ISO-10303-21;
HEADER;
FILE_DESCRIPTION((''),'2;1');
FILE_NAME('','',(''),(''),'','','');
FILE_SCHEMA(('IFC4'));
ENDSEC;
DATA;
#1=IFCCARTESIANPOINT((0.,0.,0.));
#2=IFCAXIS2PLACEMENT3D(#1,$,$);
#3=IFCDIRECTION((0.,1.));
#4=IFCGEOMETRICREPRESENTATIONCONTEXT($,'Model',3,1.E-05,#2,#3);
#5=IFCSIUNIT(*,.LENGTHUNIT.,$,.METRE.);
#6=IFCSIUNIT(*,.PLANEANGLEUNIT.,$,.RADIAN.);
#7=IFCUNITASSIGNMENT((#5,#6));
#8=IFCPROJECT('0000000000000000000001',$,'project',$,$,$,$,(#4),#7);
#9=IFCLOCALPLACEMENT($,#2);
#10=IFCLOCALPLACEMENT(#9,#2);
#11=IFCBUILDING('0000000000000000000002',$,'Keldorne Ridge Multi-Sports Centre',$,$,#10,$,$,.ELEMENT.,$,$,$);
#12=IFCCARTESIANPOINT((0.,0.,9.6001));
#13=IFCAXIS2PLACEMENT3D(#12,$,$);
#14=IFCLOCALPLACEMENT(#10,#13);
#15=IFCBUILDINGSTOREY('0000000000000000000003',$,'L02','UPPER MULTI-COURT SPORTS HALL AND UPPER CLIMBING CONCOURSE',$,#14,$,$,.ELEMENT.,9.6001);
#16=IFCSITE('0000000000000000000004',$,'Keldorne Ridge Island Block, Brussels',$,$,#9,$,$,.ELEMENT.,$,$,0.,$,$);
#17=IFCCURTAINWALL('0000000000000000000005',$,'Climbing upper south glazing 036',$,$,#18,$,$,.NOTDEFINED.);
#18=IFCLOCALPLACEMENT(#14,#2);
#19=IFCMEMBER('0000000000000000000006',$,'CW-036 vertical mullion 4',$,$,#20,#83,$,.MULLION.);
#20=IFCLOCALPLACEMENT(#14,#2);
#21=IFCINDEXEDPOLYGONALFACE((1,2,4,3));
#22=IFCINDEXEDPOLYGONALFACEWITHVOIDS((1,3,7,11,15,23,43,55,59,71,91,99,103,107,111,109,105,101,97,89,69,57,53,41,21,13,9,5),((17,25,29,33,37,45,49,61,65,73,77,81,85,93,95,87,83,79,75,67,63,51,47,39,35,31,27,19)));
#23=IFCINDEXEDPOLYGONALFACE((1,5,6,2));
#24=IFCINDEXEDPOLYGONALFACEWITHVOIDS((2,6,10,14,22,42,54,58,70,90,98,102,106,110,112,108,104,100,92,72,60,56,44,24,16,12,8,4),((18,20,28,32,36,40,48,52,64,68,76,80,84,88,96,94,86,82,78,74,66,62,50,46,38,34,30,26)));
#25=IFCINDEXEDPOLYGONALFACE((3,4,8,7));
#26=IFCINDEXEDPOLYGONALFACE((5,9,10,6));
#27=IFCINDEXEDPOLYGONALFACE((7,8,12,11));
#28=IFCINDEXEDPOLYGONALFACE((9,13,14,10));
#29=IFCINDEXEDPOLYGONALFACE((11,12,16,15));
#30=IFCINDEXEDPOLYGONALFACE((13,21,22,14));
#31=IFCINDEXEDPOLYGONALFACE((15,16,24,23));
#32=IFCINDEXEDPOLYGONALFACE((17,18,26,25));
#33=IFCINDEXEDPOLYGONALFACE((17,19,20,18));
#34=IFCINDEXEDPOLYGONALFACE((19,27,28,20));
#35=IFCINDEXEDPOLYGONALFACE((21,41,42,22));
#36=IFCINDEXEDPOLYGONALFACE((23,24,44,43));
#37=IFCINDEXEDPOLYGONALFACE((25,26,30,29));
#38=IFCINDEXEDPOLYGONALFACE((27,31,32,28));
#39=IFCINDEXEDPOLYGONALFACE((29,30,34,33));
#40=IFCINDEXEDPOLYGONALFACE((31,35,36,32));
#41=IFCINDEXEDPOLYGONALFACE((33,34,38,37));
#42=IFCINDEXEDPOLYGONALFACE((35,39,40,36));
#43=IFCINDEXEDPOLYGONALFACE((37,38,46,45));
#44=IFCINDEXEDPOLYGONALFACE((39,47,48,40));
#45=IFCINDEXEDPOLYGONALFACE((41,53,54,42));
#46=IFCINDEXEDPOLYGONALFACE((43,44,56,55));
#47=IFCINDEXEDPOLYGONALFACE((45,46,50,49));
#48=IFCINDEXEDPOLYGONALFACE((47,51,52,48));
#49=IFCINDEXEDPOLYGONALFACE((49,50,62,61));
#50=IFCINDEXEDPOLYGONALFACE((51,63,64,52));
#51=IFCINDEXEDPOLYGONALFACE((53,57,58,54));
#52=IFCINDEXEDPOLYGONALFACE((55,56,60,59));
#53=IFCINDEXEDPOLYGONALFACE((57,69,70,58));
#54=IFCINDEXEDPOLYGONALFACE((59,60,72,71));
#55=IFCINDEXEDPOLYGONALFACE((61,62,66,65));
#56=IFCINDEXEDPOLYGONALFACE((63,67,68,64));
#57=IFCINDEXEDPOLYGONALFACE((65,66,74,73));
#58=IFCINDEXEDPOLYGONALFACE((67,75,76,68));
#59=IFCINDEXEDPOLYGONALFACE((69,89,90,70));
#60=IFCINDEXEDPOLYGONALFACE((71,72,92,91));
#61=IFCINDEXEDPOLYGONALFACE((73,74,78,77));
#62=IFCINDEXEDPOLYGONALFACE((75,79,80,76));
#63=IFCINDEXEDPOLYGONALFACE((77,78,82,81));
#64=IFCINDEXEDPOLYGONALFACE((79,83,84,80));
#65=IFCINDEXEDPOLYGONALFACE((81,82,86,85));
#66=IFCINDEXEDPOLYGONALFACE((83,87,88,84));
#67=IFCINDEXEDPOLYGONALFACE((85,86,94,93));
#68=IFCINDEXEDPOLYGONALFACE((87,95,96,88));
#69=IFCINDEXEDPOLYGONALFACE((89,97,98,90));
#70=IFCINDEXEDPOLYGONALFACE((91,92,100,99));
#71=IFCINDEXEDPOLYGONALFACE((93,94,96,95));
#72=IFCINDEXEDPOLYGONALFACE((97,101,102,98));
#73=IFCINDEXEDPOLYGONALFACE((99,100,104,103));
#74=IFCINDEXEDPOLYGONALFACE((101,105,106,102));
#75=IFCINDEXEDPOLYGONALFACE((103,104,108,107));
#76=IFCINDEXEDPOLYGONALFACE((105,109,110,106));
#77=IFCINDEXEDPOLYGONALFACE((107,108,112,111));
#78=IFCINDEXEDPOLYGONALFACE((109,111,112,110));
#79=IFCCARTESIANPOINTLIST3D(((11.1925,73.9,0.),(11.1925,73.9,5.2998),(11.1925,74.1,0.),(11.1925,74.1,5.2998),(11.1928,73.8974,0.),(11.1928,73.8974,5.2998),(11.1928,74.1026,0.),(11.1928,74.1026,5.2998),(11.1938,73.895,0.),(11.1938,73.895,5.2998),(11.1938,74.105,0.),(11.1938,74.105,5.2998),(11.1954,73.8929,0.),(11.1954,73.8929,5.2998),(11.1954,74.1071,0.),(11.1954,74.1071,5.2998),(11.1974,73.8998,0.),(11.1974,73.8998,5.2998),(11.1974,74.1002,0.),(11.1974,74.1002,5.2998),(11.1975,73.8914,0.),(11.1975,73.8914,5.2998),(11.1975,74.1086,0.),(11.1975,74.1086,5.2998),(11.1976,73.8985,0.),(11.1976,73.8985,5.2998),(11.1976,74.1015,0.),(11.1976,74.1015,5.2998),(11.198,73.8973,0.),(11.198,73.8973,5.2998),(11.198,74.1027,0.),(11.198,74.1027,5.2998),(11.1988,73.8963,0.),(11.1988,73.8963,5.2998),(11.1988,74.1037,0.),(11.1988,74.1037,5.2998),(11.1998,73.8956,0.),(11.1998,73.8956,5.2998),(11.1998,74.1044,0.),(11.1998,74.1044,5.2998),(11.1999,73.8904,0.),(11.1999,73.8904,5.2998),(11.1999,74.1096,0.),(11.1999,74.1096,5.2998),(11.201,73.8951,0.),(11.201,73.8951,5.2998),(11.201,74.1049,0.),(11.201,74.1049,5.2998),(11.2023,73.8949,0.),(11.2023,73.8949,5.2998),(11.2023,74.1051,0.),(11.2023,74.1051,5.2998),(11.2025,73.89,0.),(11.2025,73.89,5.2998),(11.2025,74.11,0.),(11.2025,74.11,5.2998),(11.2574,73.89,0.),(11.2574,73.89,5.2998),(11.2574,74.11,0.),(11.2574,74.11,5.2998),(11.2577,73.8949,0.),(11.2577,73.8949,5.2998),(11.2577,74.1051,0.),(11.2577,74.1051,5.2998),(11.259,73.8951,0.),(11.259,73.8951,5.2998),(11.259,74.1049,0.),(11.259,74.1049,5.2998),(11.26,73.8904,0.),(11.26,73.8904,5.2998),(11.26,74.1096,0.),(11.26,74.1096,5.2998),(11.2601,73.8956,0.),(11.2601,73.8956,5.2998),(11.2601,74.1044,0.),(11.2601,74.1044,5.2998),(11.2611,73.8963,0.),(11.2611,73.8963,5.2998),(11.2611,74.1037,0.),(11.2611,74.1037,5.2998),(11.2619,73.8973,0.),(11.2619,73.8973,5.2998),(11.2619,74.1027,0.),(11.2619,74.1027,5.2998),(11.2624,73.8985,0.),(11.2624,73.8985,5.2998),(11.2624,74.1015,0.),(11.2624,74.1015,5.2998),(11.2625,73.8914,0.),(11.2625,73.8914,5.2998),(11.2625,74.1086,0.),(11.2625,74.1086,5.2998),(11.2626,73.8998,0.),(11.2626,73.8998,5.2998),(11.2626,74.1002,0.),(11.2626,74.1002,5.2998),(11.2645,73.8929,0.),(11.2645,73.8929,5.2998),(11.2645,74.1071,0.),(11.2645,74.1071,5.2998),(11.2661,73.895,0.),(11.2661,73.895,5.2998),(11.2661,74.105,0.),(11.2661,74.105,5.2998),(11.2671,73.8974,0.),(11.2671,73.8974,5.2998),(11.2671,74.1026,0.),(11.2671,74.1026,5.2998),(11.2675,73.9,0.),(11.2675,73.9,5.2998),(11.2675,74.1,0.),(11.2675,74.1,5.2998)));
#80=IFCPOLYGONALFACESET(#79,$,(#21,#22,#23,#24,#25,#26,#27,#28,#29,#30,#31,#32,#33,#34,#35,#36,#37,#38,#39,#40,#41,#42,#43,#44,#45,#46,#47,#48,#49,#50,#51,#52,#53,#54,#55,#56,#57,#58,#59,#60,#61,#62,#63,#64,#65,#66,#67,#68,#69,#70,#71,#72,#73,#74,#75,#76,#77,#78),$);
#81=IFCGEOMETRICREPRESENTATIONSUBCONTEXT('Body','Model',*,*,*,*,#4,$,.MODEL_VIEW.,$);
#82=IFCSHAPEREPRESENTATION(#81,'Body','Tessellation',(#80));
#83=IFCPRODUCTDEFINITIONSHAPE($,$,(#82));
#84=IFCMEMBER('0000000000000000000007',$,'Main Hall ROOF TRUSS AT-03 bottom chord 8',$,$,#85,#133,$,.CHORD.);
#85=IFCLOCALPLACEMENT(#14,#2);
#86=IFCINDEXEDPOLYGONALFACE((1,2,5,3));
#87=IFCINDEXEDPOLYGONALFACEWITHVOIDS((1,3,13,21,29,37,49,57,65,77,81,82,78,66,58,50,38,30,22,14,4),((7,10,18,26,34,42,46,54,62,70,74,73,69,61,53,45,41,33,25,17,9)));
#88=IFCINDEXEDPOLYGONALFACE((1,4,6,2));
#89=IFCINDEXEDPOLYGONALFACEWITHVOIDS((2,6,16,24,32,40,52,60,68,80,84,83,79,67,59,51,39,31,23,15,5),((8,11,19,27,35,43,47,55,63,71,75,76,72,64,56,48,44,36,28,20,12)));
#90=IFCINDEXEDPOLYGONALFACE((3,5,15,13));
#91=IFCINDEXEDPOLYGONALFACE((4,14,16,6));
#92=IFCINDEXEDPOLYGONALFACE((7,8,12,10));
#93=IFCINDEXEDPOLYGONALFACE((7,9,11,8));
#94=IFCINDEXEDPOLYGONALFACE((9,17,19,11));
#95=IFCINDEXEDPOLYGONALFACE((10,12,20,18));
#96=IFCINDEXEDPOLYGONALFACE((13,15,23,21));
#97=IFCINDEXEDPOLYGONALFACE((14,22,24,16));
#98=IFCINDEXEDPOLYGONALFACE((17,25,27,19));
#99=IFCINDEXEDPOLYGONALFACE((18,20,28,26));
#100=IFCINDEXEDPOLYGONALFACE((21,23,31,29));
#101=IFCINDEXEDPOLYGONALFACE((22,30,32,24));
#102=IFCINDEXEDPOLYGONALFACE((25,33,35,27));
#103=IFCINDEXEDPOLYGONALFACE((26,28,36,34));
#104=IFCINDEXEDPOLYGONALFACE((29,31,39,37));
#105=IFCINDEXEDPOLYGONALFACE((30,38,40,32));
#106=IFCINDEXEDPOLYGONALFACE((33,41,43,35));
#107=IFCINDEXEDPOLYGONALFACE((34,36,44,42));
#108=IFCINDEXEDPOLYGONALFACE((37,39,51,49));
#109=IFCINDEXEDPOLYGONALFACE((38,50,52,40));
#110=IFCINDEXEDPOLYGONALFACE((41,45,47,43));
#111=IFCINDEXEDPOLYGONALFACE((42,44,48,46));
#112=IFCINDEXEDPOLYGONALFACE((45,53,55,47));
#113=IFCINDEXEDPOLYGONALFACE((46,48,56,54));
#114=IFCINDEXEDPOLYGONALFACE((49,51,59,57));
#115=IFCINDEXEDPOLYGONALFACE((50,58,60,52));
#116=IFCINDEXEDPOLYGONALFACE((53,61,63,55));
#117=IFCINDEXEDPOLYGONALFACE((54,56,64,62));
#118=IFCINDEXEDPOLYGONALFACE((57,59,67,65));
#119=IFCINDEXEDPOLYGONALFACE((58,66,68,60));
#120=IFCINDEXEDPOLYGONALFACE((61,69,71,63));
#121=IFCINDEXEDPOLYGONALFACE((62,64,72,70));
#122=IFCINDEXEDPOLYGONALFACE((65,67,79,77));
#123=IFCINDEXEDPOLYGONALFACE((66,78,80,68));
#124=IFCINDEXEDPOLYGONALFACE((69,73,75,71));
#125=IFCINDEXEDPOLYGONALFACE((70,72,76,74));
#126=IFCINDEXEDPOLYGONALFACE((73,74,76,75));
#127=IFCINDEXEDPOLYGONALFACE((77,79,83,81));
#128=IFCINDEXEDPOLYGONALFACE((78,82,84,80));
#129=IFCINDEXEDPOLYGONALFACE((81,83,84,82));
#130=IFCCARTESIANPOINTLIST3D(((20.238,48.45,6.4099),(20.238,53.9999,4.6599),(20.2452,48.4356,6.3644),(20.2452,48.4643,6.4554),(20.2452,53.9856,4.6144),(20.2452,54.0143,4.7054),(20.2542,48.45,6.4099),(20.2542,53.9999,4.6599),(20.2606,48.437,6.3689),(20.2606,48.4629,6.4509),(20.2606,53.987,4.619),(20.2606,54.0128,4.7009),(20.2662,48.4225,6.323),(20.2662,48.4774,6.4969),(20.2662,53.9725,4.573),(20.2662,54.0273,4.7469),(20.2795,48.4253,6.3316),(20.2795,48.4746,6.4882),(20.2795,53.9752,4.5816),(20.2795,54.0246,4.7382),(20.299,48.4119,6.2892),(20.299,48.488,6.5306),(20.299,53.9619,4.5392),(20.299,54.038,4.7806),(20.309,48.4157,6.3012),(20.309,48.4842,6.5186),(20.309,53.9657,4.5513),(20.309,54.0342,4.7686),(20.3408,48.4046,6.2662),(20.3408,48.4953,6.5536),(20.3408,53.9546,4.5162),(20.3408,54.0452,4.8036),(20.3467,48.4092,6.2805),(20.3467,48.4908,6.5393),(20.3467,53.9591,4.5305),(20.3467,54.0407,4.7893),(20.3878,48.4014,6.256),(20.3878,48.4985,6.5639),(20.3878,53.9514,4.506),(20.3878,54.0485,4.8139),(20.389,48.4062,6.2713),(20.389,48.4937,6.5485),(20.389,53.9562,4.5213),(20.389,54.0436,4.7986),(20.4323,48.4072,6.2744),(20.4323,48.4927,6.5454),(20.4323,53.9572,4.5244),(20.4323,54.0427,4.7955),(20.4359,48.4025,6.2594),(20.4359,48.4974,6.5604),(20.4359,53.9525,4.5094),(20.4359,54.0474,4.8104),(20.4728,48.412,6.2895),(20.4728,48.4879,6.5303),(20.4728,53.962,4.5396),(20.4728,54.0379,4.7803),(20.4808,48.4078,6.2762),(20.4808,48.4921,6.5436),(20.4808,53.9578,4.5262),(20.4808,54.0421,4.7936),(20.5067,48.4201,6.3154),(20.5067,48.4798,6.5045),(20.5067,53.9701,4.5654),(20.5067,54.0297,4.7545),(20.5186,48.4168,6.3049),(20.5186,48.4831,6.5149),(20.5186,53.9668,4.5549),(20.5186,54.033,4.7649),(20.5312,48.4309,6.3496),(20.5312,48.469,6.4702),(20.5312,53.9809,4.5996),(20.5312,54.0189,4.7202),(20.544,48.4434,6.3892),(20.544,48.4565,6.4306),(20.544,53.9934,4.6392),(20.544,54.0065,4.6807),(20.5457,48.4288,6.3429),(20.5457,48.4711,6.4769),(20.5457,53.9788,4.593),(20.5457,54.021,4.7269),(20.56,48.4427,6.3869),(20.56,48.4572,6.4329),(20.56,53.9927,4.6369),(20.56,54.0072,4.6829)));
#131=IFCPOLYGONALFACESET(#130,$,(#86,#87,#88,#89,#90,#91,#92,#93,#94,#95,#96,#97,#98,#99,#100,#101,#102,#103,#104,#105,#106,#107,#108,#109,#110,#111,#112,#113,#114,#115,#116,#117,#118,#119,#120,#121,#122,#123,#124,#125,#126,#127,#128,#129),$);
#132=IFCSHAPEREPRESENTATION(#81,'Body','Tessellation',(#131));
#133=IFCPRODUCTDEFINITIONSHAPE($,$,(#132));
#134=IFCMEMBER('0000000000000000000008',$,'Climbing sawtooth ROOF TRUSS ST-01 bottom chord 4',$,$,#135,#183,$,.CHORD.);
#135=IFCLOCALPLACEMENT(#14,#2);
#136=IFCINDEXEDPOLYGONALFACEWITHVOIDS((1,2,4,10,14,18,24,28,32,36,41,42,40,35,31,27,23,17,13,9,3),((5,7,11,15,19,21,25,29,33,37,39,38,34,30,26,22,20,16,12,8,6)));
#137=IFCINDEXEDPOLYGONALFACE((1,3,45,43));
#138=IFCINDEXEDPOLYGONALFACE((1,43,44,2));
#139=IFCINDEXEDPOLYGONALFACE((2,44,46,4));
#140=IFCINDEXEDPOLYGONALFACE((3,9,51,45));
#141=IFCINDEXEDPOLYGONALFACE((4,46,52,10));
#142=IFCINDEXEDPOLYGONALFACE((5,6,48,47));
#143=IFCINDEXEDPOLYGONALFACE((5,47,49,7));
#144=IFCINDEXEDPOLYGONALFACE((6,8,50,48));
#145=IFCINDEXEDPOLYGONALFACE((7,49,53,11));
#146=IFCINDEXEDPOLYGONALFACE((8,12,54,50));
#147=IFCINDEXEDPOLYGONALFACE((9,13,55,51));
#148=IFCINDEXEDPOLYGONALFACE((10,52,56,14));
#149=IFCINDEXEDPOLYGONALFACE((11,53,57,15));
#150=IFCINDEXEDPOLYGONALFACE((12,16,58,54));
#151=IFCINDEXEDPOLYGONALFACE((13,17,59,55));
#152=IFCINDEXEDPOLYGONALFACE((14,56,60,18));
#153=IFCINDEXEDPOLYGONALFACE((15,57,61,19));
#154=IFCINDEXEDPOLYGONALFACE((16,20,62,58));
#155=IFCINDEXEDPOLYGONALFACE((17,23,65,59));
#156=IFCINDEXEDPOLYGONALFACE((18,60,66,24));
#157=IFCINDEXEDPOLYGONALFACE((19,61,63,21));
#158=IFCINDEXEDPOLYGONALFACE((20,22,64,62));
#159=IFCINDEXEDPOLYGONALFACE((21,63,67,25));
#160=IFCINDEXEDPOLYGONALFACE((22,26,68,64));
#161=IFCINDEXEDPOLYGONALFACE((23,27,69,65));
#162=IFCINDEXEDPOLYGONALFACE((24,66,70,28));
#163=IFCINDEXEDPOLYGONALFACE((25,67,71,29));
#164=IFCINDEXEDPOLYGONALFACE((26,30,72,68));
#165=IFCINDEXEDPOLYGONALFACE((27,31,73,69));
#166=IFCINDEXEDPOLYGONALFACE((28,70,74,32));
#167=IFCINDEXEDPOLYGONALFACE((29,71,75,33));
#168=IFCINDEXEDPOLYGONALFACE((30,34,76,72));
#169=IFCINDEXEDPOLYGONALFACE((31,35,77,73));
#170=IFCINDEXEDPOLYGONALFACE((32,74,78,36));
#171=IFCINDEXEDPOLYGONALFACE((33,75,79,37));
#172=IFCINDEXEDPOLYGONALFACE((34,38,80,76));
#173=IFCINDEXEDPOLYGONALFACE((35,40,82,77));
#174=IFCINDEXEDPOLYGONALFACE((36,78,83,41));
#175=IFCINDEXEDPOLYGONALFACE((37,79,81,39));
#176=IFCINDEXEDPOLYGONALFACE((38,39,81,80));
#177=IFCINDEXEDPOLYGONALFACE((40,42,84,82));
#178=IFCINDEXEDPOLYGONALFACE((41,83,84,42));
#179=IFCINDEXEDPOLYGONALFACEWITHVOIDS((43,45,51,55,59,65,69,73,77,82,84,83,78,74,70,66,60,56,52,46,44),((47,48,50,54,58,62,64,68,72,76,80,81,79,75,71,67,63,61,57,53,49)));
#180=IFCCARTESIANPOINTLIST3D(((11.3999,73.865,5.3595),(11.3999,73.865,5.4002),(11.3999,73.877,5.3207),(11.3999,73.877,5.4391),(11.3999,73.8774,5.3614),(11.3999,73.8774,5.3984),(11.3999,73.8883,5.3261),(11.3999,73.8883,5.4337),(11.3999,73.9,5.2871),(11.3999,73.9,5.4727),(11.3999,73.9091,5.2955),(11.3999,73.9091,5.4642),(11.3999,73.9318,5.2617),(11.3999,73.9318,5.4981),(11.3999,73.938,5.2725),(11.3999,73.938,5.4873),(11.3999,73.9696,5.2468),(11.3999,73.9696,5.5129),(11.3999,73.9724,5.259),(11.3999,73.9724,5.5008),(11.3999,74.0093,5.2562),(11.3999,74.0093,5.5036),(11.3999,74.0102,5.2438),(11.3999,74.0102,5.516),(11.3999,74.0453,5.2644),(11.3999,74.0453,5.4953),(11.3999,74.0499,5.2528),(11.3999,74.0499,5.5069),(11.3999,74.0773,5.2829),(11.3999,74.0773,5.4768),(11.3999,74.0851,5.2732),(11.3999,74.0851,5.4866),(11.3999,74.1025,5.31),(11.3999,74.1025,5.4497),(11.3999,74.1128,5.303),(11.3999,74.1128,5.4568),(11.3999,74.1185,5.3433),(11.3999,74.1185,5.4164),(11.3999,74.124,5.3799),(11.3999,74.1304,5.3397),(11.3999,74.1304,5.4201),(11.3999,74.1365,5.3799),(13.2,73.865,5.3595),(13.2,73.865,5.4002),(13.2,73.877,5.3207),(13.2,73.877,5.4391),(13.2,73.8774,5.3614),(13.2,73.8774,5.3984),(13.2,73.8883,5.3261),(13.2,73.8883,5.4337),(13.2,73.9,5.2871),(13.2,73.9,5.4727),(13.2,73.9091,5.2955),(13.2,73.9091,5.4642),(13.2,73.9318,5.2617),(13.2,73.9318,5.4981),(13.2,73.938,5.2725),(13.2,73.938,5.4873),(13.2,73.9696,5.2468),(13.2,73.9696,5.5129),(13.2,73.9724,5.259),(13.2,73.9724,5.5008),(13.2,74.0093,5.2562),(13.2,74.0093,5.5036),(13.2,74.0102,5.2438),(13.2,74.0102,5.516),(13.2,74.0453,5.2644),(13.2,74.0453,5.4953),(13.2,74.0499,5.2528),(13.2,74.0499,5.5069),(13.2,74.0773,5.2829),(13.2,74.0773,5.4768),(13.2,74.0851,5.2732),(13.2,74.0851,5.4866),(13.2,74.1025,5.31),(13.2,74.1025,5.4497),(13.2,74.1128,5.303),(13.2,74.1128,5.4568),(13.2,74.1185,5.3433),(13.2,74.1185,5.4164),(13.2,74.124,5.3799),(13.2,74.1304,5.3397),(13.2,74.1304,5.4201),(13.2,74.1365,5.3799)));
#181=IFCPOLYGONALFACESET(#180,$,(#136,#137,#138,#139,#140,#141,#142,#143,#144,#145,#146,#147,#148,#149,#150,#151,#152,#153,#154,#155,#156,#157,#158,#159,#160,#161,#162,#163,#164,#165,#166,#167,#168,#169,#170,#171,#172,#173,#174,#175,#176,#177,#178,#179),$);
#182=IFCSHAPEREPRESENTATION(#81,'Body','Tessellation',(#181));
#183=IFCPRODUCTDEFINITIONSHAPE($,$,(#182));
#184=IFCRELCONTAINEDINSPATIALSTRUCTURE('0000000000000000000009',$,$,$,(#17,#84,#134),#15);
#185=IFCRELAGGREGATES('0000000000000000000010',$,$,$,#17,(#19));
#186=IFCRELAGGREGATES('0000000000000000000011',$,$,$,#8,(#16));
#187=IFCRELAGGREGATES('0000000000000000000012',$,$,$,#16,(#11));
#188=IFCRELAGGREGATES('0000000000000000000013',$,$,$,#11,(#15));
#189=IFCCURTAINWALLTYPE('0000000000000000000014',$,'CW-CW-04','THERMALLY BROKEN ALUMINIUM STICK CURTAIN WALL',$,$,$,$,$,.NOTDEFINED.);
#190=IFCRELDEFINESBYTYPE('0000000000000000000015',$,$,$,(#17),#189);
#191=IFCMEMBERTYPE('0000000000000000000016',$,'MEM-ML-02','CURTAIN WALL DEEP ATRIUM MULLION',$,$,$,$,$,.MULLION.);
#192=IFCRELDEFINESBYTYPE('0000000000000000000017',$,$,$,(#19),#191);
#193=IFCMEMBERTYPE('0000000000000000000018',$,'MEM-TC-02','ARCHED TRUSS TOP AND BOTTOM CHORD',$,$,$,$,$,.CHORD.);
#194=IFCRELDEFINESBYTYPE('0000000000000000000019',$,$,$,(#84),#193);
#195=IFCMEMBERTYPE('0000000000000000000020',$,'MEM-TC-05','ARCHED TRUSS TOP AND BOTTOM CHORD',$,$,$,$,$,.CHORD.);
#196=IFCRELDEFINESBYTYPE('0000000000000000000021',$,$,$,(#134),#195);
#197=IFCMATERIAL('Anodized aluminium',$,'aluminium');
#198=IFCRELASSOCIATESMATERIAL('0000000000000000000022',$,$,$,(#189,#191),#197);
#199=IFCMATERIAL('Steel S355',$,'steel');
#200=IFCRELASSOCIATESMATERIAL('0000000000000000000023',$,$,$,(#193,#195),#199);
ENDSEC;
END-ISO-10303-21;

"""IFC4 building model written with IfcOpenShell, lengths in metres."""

from ifc_helpers import new_model, si_unit, direction, frame, origin, origin_2d, place, context, subcontext, project, spatial, hollow_rectangle, hollow_circle, extrude, material, material_profile, profile_set, type_object, element, aggregate, save


model = new_model("IFC4")

# Units and contexts
model_context = context("Model", 3, precision=1e-05, world=origin(), true_north=direction((0.0, 1.0)))
body_context = subcontext(model_context, "Body", "Model", "MODEL_VIEW")
ifc_project = project(units=[si_unit("LENGTHUNIT", "METRE"), si_unit("PLANEANGLEUNIT", "RADIAN")], contexts=[model_context])

# Site, building, storey
site_placement = place(None, origin())
site = spatial("IfcSite", under=ifc_project, at=site_placement, Name="Keldorne Ridge Island Block, Brussels", CompositionType="ELEMENT", RefElevation=0.0)
building_placement = place(site_placement, origin())
building = spatial("IfcBuilding", under=site, at=building_placement, Name="Keldorne Ridge Multi-Sports Centre", CompositionType="ELEMENT")
storey_placement = place(building_placement, frame((0.0, 0.0, 9.6001)))
storey = spatial("IfcBuildingStorey", under=building, at=storey_placement, Name="L02", Description="UPPER MULTI-COURT SPORTS HALL AND UPPER CLIMBING CONCOURSE", CompositionType="ELEMENT", Elevation=9.6001)

# Shared definitions
ifc_material_1 = material(Name="Steel S355", Category="steel")

# Curtain wall, member
ifc_material_2 = material(Name="Anodized aluminium", Category="aluminium")
curtain_wall_type = type_object("IfcCurtainWallType", Name="CW-CW-04", Description="THERMALLY BROKEN ALUMINIUM STICK CURTAIN WALL", PredefinedType="NOTDEFINED", material=ifc_material_2)
curtain_wall_placement = place(storey_placement, origin())
curtain_wall = element("IfcCurtainWall", 1, at=curtain_wall_placement, inside=storey, type_object=curtain_wall_type, Name="Climbing upper south glazing 036", PredefinedType="NOTDEFINED")
ifc_material_profile_1 = material_profile(ifc_material_2, hollow_rectangle(XDim=0.075, YDim=0.22, WallThickness=0.0049, InnerFilletRadius=0.0049, OuterFilletRadius=0.01, at=origin_2d()), Name="ALU MULLION 220x75x5")
ifc_profile_set_1 = profile_set([ifc_material_profile_1], Name="Anodized aluminium")
member_type_1 = type_object("IfcMemberType", Name="MEM-ML-02", Description="CURTAIN WALL DEEP ATRIUM MULLION", PredefinedType="MULLION", material=ifc_profile_set_1)
member_1_placement = place(storey_placement, frame((11.23, 74.0, 0.0), z_axis=(0.0, 0.0, 1.0), x_axis=(1.0, 0.0, 0.0)))
member_1 = element("IfcMember", 2, at=member_1_placement, type_object=member_type_1, Name="CW-036 vertical mullion 4", PredefinedType="MULLION", context=body_context, shape_type="SweptSolid", body=[
    extrude(hollow_rectangle(XDim=0.075, YDim=0.22, WallThickness=0.0049, InnerFilletRadius=0.0049, OuterFilletRadius=0.01, at=origin_2d()), origin(), (0.0, 0.0, 1.0), 5.2998),
])

# Members
ifc_material_profile_2 = material_profile(ifc_material_1, hollow_circle(Radius=0.1619, WallThickness=0.0161, at=origin_2d()), Name="CHS 323.9x16")
ifc_profile_set_2 = profile_set([ifc_material_profile_2], Name="Steel S355")
member_type_2 = type_object("IfcMemberType", Name="MEM-TC-02", Description="ARCHED TRUSS TOP AND BOTTOM CHORD", PredefinedType="CHORD", material=ifc_profile_set_2)
member_2_placement = place(storey_placement, frame((20.3999, 48.45, 6.4099), z_axis=(0.0, 0.953713, -0.300718), x_axis=(-1.0, 0.0, 0.0)))
element("IfcMember", 3, at=member_2_placement, inside=storey, type_object=member_type_2, Name="Main Hall ROOF TRUSS AT-03 bottom chord 8", PredefinedType="CHORD", context=body_context, shape_type="SweptSolid", body=[
    extrude(hollow_circle(Radius=0.1619, WallThickness=0.0161, at=origin_2d()), origin(), (0.0, 0.0, 1.0), 5.8193),
])
ifc_material_profile_3 = material_profile(ifc_material_1, hollow_circle(Radius=0.1365, WallThickness=0.0125, at=origin_2d()), Name="CHS 273x12.5")
ifc_profile_set_3 = profile_set([ifc_material_profile_3], Name="Steel S355")
member_type_3 = type_object("IfcMemberType", Name="MEM-TC-05", Description="ARCHED TRUSS TOP AND BOTTOM CHORD", PredefinedType="CHORD", material=ifc_profile_set_3)
member_3_placement = place(storey_placement, frame((11.3999, 74.0, 5.3799), z_axis=(1.0, 0.0, 0.0), x_axis=(0.0, 1.0, 0.0)))
element("IfcMember", 4, at=member_3_placement, inside=storey, type_object=member_type_3, Name="Climbing sawtooth ROOF TRUSS ST-01 bottom chord 4", PredefinedType="CHORD", context=body_context, shape_type="SweptSolid", body=[
    extrude(hollow_circle(Radius=0.1365, WallThickness=0.0125, at=origin_2d()), origin(), (0.0, 0.0, 1.0), 1.8),
])

aggregate(curtain_wall, [member_1])

save(model, "model.ifc")
